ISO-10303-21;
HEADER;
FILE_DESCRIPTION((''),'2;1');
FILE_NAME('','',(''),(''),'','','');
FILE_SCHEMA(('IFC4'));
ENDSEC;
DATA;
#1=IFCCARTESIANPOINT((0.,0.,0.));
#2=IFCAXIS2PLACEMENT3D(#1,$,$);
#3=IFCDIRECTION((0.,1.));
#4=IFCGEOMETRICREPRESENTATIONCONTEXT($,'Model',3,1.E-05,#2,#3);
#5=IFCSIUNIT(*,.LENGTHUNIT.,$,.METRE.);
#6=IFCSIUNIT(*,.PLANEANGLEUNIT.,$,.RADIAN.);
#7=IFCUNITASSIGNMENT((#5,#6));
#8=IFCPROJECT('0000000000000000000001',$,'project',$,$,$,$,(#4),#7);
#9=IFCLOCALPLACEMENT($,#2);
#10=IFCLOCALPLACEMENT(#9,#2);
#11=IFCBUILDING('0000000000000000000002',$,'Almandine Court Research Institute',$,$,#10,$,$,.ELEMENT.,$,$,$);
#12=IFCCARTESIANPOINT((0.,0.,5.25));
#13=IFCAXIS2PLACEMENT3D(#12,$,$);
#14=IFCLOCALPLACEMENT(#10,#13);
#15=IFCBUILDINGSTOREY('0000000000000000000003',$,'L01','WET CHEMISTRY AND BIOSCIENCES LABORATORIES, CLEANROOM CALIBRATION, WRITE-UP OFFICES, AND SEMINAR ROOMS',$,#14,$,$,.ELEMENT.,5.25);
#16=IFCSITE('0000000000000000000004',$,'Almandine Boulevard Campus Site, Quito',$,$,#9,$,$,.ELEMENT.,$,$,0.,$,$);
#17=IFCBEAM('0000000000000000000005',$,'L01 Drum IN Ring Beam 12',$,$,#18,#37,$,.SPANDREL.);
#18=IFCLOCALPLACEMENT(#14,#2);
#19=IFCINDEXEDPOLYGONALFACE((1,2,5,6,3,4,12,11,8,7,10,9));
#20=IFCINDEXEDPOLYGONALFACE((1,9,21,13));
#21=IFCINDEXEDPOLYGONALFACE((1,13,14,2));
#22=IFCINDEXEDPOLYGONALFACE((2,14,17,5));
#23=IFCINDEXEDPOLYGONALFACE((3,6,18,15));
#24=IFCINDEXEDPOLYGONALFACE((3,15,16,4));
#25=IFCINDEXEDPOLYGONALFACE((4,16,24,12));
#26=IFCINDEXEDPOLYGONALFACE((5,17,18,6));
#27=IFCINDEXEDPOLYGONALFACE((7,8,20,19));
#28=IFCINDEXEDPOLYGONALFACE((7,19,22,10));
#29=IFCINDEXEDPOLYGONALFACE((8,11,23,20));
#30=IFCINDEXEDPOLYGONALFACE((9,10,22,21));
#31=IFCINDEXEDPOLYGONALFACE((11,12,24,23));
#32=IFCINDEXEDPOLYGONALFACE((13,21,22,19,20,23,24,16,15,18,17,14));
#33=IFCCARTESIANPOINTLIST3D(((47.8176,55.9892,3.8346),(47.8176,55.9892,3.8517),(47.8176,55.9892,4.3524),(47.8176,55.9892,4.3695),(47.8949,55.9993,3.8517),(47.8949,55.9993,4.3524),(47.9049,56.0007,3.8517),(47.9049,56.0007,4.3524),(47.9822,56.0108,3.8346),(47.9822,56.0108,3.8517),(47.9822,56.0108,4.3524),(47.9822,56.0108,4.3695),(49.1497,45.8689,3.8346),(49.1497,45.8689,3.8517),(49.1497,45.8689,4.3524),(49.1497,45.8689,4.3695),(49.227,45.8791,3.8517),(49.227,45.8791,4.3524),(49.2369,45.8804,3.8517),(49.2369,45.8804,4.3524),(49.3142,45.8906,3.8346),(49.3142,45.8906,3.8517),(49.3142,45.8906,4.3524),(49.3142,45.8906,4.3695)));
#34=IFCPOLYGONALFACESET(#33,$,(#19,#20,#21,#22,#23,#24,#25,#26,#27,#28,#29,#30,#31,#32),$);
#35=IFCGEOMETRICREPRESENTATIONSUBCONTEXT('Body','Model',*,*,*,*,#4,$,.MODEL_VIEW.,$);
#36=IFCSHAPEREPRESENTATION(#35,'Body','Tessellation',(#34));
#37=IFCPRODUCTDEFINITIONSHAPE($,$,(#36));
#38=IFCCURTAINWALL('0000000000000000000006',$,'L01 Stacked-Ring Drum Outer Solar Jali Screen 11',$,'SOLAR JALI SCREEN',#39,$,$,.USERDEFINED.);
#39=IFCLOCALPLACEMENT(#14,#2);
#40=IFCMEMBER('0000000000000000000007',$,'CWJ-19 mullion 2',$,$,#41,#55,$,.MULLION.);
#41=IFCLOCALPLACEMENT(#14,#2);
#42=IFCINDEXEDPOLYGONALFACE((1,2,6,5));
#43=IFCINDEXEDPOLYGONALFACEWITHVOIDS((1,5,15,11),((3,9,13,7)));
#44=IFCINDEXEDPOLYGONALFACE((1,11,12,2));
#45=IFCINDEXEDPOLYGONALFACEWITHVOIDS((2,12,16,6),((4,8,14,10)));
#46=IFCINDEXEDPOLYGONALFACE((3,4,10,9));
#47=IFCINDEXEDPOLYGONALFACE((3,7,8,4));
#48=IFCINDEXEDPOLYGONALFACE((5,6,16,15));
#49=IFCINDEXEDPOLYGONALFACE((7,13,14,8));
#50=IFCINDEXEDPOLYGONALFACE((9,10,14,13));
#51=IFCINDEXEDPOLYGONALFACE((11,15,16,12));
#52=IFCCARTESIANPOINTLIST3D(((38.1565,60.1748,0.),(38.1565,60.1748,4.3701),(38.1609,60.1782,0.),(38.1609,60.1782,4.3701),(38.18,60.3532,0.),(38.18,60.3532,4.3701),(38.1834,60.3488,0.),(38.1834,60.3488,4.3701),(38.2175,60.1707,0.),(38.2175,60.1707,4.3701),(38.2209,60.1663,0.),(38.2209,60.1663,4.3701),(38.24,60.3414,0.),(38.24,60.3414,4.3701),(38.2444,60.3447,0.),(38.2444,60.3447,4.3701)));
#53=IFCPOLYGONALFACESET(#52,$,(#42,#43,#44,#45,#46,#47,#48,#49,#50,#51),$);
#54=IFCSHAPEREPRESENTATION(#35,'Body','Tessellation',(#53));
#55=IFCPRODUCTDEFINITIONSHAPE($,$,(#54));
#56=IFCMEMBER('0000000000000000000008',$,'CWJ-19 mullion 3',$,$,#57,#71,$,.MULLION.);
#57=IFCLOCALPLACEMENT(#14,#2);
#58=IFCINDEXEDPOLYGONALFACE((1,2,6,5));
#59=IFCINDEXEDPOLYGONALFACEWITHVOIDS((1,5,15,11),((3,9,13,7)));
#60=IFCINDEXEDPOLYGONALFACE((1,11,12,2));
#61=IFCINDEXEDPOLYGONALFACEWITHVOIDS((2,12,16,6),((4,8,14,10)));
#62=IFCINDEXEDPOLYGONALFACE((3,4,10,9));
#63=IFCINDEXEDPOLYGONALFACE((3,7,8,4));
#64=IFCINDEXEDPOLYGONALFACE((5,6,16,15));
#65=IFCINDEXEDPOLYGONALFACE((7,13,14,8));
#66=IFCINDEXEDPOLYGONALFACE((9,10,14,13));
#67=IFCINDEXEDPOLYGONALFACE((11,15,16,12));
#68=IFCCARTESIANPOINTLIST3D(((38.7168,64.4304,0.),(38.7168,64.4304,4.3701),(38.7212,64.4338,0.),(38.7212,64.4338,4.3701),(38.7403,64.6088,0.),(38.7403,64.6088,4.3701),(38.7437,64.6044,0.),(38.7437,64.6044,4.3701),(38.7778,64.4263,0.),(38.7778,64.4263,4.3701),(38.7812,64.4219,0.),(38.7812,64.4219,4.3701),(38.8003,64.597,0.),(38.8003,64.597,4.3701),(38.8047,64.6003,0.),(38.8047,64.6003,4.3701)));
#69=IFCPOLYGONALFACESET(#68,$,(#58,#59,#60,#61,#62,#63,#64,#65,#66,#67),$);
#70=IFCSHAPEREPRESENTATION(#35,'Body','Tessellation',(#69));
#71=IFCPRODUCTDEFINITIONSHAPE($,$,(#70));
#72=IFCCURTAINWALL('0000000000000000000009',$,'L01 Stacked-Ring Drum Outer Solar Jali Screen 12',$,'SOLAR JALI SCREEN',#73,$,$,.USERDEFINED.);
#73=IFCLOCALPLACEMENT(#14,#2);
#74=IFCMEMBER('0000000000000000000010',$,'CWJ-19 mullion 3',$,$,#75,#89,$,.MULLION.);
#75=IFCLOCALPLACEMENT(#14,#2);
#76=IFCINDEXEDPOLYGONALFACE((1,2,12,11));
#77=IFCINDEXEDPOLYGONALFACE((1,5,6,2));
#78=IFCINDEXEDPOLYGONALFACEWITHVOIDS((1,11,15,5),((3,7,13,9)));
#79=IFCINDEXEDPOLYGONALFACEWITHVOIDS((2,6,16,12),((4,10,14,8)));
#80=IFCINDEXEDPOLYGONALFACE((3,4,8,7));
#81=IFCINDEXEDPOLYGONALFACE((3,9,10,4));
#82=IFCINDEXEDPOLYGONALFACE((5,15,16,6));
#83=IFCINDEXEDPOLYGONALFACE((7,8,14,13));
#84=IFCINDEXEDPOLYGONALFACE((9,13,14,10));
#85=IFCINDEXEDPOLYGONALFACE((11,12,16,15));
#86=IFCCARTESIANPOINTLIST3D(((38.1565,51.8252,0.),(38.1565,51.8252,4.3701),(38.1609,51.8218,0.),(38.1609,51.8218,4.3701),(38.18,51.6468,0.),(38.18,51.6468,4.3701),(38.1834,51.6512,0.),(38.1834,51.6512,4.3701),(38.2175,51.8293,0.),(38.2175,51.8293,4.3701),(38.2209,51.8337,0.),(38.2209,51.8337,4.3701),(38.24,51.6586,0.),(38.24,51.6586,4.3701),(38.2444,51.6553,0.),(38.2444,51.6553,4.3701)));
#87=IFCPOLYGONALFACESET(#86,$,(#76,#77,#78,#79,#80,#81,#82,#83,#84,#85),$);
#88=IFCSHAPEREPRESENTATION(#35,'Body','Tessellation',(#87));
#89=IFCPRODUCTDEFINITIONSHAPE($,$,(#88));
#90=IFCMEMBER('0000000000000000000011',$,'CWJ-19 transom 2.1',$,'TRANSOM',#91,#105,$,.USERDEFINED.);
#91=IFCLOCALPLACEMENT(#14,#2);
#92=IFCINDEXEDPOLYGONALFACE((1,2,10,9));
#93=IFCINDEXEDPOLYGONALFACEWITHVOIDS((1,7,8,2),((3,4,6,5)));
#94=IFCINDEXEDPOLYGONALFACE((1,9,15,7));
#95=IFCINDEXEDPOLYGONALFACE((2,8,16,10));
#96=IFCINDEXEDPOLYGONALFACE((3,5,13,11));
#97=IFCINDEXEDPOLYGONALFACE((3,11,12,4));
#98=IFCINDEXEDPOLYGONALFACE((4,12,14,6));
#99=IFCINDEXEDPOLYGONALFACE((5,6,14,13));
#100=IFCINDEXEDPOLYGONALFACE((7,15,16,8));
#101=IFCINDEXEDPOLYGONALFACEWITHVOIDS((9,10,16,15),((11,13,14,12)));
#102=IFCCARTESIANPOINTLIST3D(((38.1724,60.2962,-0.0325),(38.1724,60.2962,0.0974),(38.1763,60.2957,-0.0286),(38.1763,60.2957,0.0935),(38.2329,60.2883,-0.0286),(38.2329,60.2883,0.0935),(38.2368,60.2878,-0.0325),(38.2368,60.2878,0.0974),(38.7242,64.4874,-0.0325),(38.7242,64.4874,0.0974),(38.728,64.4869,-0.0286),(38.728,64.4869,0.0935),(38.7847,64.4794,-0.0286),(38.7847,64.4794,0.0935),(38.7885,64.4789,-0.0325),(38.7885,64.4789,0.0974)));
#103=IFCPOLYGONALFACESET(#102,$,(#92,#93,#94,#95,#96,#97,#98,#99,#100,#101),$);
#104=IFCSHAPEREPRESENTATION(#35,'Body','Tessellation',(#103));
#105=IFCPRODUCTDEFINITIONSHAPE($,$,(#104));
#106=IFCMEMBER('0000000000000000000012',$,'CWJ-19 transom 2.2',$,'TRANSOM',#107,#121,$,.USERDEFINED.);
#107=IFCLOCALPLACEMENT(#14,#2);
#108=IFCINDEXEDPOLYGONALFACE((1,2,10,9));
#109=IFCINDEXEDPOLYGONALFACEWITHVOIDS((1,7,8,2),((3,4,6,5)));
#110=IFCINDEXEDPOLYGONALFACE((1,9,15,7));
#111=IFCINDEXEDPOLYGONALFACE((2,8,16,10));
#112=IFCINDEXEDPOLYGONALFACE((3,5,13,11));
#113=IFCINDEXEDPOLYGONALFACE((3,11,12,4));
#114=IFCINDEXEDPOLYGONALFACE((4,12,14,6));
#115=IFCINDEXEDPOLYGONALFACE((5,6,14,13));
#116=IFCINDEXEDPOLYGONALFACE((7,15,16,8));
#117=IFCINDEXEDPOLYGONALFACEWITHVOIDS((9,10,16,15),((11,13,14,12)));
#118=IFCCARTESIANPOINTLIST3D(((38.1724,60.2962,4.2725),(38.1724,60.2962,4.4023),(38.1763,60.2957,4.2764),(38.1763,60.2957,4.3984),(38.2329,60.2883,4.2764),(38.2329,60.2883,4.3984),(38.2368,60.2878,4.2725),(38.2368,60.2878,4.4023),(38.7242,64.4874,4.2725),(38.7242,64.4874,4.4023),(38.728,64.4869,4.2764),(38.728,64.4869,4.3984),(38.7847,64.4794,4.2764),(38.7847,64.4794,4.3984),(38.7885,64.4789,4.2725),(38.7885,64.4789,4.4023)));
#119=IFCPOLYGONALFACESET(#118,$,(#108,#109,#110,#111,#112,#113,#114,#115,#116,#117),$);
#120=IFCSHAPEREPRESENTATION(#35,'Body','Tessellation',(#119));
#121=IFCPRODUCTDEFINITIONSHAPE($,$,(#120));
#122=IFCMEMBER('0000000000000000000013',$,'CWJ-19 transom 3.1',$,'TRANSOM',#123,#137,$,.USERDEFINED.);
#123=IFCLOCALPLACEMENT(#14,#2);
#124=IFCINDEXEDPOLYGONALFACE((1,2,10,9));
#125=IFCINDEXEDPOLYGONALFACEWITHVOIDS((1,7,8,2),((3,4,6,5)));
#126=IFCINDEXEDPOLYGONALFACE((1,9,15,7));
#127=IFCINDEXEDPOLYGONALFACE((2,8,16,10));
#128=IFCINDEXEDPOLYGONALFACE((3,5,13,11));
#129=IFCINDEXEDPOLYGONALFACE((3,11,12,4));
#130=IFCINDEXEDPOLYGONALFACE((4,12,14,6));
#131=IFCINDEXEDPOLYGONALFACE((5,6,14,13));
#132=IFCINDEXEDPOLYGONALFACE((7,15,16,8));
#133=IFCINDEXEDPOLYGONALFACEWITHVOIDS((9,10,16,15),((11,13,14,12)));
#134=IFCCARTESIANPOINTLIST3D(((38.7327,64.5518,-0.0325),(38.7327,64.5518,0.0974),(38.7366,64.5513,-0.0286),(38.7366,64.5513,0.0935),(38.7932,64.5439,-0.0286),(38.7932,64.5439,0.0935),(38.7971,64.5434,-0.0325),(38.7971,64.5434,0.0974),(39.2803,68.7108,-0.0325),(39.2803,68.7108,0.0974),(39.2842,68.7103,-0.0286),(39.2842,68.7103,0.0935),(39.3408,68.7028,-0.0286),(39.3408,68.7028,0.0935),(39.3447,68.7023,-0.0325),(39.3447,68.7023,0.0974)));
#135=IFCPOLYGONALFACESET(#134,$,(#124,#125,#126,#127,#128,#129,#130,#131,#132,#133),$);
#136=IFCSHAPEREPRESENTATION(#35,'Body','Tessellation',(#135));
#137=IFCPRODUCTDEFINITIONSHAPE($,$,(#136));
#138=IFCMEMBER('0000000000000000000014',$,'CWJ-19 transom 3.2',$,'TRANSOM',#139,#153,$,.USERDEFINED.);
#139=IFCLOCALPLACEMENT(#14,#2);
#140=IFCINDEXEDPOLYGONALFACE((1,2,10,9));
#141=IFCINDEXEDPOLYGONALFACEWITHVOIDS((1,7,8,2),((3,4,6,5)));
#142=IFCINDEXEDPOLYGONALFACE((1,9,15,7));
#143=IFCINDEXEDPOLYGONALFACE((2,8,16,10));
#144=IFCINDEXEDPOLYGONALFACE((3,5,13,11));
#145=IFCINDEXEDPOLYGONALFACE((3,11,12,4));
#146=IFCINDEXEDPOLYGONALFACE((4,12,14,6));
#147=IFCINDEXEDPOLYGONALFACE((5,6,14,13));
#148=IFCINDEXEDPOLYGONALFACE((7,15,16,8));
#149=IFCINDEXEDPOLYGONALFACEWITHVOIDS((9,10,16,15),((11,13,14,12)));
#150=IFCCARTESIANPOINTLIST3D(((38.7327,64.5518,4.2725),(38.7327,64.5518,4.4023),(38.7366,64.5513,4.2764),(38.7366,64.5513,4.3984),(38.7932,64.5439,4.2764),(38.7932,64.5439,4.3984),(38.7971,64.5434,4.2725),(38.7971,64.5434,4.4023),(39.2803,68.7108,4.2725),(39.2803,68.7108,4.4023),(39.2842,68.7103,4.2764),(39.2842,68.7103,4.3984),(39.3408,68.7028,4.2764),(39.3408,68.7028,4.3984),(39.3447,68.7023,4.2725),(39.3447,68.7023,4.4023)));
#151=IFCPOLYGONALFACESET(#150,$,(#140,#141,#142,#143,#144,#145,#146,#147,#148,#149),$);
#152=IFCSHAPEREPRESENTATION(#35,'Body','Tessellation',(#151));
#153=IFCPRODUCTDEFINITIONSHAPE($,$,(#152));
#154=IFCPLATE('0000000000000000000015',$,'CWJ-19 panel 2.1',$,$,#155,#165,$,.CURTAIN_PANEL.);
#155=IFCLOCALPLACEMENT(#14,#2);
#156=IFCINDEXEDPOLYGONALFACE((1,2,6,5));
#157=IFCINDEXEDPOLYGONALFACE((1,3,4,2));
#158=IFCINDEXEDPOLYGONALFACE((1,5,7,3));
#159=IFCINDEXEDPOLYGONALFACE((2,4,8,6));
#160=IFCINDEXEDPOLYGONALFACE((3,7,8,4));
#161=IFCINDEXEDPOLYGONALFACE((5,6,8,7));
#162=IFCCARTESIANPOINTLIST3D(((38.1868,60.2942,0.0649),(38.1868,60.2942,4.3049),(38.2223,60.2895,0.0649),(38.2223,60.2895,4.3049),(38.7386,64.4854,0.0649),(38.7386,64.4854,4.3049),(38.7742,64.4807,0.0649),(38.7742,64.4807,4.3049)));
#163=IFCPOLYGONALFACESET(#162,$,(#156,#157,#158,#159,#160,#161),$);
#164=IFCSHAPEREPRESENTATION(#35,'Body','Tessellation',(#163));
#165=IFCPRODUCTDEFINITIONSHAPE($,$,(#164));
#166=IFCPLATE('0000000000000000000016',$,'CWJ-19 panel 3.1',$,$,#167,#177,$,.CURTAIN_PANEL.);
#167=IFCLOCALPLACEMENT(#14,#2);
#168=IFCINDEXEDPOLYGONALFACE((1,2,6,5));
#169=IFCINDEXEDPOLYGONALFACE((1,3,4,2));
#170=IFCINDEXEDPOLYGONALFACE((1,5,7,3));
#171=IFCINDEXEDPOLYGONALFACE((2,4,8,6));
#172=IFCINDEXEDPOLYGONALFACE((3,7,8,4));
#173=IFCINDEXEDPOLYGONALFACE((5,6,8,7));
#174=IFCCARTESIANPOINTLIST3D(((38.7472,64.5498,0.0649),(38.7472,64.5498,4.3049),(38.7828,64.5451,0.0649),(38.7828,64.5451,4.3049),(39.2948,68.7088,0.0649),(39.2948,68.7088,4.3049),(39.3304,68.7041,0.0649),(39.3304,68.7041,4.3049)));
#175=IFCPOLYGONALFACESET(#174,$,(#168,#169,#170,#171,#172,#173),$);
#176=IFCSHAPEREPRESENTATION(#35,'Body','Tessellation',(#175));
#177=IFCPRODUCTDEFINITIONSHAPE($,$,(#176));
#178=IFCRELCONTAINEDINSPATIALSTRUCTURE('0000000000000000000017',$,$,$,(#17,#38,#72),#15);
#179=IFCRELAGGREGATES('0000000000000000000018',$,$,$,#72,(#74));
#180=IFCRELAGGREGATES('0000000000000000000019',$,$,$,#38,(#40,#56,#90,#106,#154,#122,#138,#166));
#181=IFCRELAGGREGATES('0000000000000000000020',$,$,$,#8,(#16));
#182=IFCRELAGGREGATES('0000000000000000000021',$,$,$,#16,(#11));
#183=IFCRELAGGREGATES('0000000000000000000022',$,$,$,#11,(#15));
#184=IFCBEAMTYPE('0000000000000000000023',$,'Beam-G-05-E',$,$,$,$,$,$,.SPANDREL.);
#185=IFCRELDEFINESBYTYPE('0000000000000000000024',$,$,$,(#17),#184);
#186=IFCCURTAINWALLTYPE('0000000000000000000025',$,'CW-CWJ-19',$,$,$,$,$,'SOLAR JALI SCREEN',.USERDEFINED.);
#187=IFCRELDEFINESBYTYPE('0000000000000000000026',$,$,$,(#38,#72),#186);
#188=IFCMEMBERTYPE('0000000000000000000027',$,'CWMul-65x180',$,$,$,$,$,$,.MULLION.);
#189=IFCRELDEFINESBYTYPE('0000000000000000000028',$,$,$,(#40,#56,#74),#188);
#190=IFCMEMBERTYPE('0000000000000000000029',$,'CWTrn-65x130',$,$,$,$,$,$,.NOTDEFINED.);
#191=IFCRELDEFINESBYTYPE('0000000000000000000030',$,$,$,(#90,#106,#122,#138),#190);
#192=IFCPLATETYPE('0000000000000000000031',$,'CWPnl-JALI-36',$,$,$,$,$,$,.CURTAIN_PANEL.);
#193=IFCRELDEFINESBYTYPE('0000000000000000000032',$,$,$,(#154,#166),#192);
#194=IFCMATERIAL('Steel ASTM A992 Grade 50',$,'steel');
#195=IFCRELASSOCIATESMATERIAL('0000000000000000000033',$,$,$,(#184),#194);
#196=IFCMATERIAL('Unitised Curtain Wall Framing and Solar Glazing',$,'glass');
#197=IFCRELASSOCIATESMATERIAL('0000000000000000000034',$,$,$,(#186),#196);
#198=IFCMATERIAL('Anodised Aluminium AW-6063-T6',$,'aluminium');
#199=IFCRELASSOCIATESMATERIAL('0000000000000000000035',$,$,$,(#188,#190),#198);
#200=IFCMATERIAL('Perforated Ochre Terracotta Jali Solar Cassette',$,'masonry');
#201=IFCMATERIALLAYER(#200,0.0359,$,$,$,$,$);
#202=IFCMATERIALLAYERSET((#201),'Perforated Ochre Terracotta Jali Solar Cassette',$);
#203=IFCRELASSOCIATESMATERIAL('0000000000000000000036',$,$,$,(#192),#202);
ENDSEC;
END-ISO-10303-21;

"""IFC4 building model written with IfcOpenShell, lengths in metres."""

from ifc_helpers import new_model, si_unit, direction, frame, origin, origin_2d, place, context, subcontext, project, spatial, rectangle, hollow_rectangle, i_section, extrude, material, layer, layer_set, material_profile, profile_set, type_object, element, aggregate, save


model = new_model("IFC4")

# Units and contexts
model_context = context("Model", 3, precision=1e-05, world=origin(), true_north=direction((0.0, 1.0)))
body_context = subcontext(model_context, "Body", "Model", "MODEL_VIEW")
ifc_project = project(units=[si_unit("LENGTHUNIT", "METRE"), si_unit("PLANEANGLEUNIT", "RADIAN")], contexts=[model_context])

# Site, building, storey
site_placement = place(None, origin())
site = spatial("IfcSite", under=ifc_project, at=site_placement, Name="Almandine Boulevard Campus Site, Quito", CompositionType="ELEMENT", RefElevation=0.0)
building_placement = place(site_placement, origin())
building = spatial("IfcBuilding", under=site, at=building_placement, Name="Almandine Court Research Institute", CompositionType="ELEMENT")
storey_placement = place(building_placement, frame((0.0, 0.0, 5.25)))
storey = spatial("IfcBuildingStorey", under=building, at=storey_placement, Name="L01", Description="WET CHEMISTRY AND BIOSCIENCES LABORATORIES, CLEANROOM CALIBRATION, WRITE-UP OFFICES, AND SEMINAR ROOMS", CompositionType="ELEMENT", Elevation=5.25)

# Shared definitions
ifc_material_1 = material(Name="Steel ASTM A992 Grade 50", Category="steel")

# Beam
ifc_material_profile_1 = material_profile(ifc_material_1, i_section(OverallWidth=0.166, OverallDepth=0.5349, WebThickness=0.01, FlangeThickness=0.0171, at=origin_2d()), Name="W530x85")
ifc_profile_set_1 = profile_set([ifc_material_profile_1], Name="Steel ASTM A992 Grade 50")
beam_type_1 = type_object("IfcBeamType", Name="Beam-G-05-E", PredefinedType="SPANDREL", material=ifc_profile_set_1)
for number, where, z_axis, x_axis, name in (
    (1, (47.8999, 56.0, 4.1021), (0.130497, -0.991449, 0.0), (0.991449, 0.130497, 0.0), "L01 Drum IN Ring Beam 12"),
):
    element("IfcBeam", number, at=place(storey_placement, frame(where, z_axis=z_axis, x_axis=x_axis)), inside=storey, type_object=beam_type_1, Name=name, PredefinedType="SPANDREL", context=body_context, shape_type="SweptSolid", body=[
        extrude(i_section(OverallWidth=0.166, OverallDepth=0.5349, WebThickness=0.01, FlangeThickness=0.0171, at=origin_2d()), origin(), (0.0, 0.0, 1.0), 10.2075),
    ])

# Curtain wall, members
ifc_material_2 = material(Name="Unitised Curtain Wall Framing and Solar Glazing", Category="glass")
curtain_wall_type = type_object("IfcCurtainWallType", Name="CW-CWJ-19", ElementType="SOLAR JALI SCREEN", PredefinedType="USERDEFINED", material=ifc_material_2)
curtain_wall_1_placement = place(storey_placement, origin())
curtain_wall_1 = element("IfcCurtainWall", 2, at=curtain_wall_1_placement, inside=storey, type_object=curtain_wall_type, Name="L01 Stacked-Ring Drum Outer Solar Jali Screen 11", ObjectType="SOLAR JALI SCREEN", PredefinedType="USERDEFINED")
ifc_material_3 = material(Name="Anodised Aluminium AW-6063-T6", Category="aluminium")
ifc_material_profile_2 = material_profile(ifc_material_3, hollow_rectangle(XDim=0.0649, YDim=0.1799, WallThickness=0.0039, at=origin_2d()), Name="ALU RHS 65x180x4")
ifc_profile_set_2 = profile_set([ifc_material_profile_2], Name="Anodised Aluminium AW-6063-T6")
member_type_1 = type_object("IfcMemberType", Name="CWMul-65x180", PredefinedType="MULLION", material=ifc_profile_set_2)
member_1_placement = place(storey_placement, frame((38.2004, 60.2598, 0.0), z_axis=(0.0, 0.0, 1.0), x_axis=(-0.991443, 0.130541, 0.0)))
member_1 = element("IfcMember", 3, at=member_1_placement, type_object=member_type_1, Name="CWJ-19 mullion 2", PredefinedType="MULLION", context=body_context, shape_type="SweptSolid", body=[
    extrude(hollow_rectangle(XDim=0.0649, YDim=0.1799, WallThickness=0.0039, at=origin_2d()), origin(), (0.0, 0.0, 1.0), 4.3701),
])
member_2_placement = place(storey_placement, frame((38.7607, 64.5154, 0.0), z_axis=(0.0, 0.0, 1.0), x_axis=(-0.991443, 0.130541, 0.0)))
member_2 = element("IfcMember", 4, at=member_2_placement, type_object=member_type_1, Name="CWJ-19 mullion 3", PredefinedType="MULLION", context=body_context, shape_type="SweptSolid", body=[
    extrude(hollow_rectangle(XDim=0.0649, YDim=0.1799, WallThickness=0.0039, at=origin_2d()), origin(), (0.0, 0.0, 1.0), 4.3701),
])

# Curtain wall, member
curtain_wall_2_placement = place(storey_placement, origin())
curtain_wall_2 = element("IfcCurtainWall", 5, at=curtain_wall_2_placement, inside=storey, type_object=curtain_wall_type, Name="L01 Stacked-Ring Drum Outer Solar Jali Screen 12", ObjectType="SOLAR JALI SCREEN", PredefinedType="USERDEFINED")
member_3_placement = place(storey_placement, frame((38.2004, 51.7402, 0.0), z_axis=(0.0, 0.0, 1.0), x_axis=(-0.991443, -0.130541, 0.0)))
member_3 = element("IfcMember", 6, at=member_3_placement, type_object=member_type_1, Name="CWJ-19 mullion 3", PredefinedType="MULLION", context=body_context, shape_type="SweptSolid", body=[
    extrude(hollow_rectangle(XDim=0.0649, YDim=0.1799, WallThickness=0.0039, at=origin_2d()), origin(), (0.0, 0.0, 1.0), 4.3701),
])
aggregate(curtain_wall_2, [member_3])

# Members
ifc_material_profile_3 = material_profile(ifc_material_3, hollow_rectangle(XDim=0.0649, YDim=0.1299, WallThickness=0.0039, at=origin_2d()), Name="ALU RHS 65x130x4")
ifc_profile_set_3 = profile_set([ifc_material_profile_3], Name="Anodised Aluminium AW-6063-T6")
member_type_2 = type_object("IfcMemberType", Name="CWTrn-65x130", PredefinedType="NOTDEFINED", material=ifc_profile_set_3)
member_4_placement = place(storey_placement, frame((38.2046, 60.292, 0.0325), z_axis=(0.130522, 0.991445, 0.0), x_axis=(-0.991445, 0.130522, 0.0)))
member_4 = element("IfcMember", 7, at=member_4_placement, type_object=member_type_2, Name="CWJ-19 transom 2.1", ObjectType="TRANSOM", PredefinedType="USERDEFINED", context=body_context, shape_type="SweptSolid", body=[
    extrude(hollow_rectangle(XDim=0.0649, YDim=0.1299, WallThickness=0.0039, at=origin_2d()), origin(), (0.0, 0.0, 1.0), 4.2273),
])
member_5_placement = place(storey_placement, frame((38.2046, 60.292, 4.3374), z_axis=(0.130522, 0.991445, 0.0), x_axis=(-0.991445, 0.130522, 0.0)))
member_5 = element("IfcMember", 8, at=member_5_placement, type_object=member_type_2, Name="CWJ-19 transom 2.2", ObjectType="TRANSOM", PredefinedType="USERDEFINED", context=body_context, shape_type="SweptSolid", body=[
    extrude(hollow_rectangle(XDim=0.0649, YDim=0.1299, WallThickness=0.0039, at=origin_2d()), origin(), (0.0, 0.0, 1.0), 4.2273),
])
member_6_placement = place(storey_placement, frame((38.7649, 64.5476, 0.0325), z_axis=(0.130543, 0.991443, 0.0), x_axis=(-0.991443, 0.130543, 0.0)))
member_6 = element("IfcMember", 9, at=member_6_placement, type_object=member_type_2, Name="CWJ-19 transom 3.1", ObjectType="TRANSOM", PredefinedType="USERDEFINED", context=body_context, shape_type="SweptSolid", body=[
    extrude(hollow_rectangle(XDim=0.0649, YDim=0.1299, WallThickness=0.0039, at=origin_2d()), origin(), (0.0, 0.0, 1.0), 4.1948),
])
member_7_placement = place(storey_placement, frame((38.7649, 64.5476, 4.3374), z_axis=(0.130543, 0.991443, 0.0), x_axis=(-0.991443, 0.130543, 0.0)))
member_7 = element("IfcMember", 10, at=member_7_placement, type_object=member_type_2, Name="CWJ-19 transom 3.2", ObjectType="TRANSOM", PredefinedType="USERDEFINED", context=body_context, shape_type="SweptSolid", body=[
    extrude(hollow_rectangle(XDim=0.0649, YDim=0.1299, WallThickness=0.0039, at=origin_2d()), origin(), (0.0, 0.0, 1.0), 4.1948),
])

# Plates
ifc_material_4 = material(Name="Perforated Ochre Terracotta Jali Solar Cassette", Category="masonry")
ifc_layer_1 = layer(ifc_material_4, 0.0359)
ifc_layer_set_1 = layer_set([ifc_layer_1], Name="Perforated Ochre Terracotta Jali Solar Cassette")
plate_type = type_object("IfcPlateType", Name="CWPnl-JALI-36", PredefinedType="CURTAIN_PANEL", material=ifc_layer_set_1)
plate_1_placement = place(storey_placement, frame((38.4805, 62.3875, 0.0649), z_axis=(0.0, 0.0, 1.0), x_axis=(0.130541, 0.991443, 0.0)))
plate_1 = element("IfcPlate", 11, at=plate_1_placement, type_object=plate_type, Name="CWJ-19 panel 2.1", PredefinedType="CURTAIN_PANEL", context=body_context, shape_type="SweptSolid", body=[
    extrude(rectangle(XDim=4.2273, YDim=0.0359, at=origin_2d()), origin(), (0.0, 0.0, 1.0), 4.24),
])
plate_2_placement = place(storey_placement, frame((39.0388, 66.627, 0.0649), z_axis=(0.0, 0.0, 1.0), x_axis=(0.130541, 0.991443, 0.0)))
plate_2 = element("IfcPlate", 12, at=plate_2_placement, type_object=plate_type, Name="CWJ-19 panel 3.1", PredefinedType="CURTAIN_PANEL", context=body_context, shape_type="SweptSolid", body=[
    extrude(rectangle(XDim=4.1948, YDim=0.0359, at=origin_2d()), origin(), (0.0, 0.0, 1.0), 4.24),
])
aggregate(curtain_wall_1, [member_1, member_2, member_4, member_5, plate_1, member_6, member_7, plate_2])

save(model, "model.ifc")
